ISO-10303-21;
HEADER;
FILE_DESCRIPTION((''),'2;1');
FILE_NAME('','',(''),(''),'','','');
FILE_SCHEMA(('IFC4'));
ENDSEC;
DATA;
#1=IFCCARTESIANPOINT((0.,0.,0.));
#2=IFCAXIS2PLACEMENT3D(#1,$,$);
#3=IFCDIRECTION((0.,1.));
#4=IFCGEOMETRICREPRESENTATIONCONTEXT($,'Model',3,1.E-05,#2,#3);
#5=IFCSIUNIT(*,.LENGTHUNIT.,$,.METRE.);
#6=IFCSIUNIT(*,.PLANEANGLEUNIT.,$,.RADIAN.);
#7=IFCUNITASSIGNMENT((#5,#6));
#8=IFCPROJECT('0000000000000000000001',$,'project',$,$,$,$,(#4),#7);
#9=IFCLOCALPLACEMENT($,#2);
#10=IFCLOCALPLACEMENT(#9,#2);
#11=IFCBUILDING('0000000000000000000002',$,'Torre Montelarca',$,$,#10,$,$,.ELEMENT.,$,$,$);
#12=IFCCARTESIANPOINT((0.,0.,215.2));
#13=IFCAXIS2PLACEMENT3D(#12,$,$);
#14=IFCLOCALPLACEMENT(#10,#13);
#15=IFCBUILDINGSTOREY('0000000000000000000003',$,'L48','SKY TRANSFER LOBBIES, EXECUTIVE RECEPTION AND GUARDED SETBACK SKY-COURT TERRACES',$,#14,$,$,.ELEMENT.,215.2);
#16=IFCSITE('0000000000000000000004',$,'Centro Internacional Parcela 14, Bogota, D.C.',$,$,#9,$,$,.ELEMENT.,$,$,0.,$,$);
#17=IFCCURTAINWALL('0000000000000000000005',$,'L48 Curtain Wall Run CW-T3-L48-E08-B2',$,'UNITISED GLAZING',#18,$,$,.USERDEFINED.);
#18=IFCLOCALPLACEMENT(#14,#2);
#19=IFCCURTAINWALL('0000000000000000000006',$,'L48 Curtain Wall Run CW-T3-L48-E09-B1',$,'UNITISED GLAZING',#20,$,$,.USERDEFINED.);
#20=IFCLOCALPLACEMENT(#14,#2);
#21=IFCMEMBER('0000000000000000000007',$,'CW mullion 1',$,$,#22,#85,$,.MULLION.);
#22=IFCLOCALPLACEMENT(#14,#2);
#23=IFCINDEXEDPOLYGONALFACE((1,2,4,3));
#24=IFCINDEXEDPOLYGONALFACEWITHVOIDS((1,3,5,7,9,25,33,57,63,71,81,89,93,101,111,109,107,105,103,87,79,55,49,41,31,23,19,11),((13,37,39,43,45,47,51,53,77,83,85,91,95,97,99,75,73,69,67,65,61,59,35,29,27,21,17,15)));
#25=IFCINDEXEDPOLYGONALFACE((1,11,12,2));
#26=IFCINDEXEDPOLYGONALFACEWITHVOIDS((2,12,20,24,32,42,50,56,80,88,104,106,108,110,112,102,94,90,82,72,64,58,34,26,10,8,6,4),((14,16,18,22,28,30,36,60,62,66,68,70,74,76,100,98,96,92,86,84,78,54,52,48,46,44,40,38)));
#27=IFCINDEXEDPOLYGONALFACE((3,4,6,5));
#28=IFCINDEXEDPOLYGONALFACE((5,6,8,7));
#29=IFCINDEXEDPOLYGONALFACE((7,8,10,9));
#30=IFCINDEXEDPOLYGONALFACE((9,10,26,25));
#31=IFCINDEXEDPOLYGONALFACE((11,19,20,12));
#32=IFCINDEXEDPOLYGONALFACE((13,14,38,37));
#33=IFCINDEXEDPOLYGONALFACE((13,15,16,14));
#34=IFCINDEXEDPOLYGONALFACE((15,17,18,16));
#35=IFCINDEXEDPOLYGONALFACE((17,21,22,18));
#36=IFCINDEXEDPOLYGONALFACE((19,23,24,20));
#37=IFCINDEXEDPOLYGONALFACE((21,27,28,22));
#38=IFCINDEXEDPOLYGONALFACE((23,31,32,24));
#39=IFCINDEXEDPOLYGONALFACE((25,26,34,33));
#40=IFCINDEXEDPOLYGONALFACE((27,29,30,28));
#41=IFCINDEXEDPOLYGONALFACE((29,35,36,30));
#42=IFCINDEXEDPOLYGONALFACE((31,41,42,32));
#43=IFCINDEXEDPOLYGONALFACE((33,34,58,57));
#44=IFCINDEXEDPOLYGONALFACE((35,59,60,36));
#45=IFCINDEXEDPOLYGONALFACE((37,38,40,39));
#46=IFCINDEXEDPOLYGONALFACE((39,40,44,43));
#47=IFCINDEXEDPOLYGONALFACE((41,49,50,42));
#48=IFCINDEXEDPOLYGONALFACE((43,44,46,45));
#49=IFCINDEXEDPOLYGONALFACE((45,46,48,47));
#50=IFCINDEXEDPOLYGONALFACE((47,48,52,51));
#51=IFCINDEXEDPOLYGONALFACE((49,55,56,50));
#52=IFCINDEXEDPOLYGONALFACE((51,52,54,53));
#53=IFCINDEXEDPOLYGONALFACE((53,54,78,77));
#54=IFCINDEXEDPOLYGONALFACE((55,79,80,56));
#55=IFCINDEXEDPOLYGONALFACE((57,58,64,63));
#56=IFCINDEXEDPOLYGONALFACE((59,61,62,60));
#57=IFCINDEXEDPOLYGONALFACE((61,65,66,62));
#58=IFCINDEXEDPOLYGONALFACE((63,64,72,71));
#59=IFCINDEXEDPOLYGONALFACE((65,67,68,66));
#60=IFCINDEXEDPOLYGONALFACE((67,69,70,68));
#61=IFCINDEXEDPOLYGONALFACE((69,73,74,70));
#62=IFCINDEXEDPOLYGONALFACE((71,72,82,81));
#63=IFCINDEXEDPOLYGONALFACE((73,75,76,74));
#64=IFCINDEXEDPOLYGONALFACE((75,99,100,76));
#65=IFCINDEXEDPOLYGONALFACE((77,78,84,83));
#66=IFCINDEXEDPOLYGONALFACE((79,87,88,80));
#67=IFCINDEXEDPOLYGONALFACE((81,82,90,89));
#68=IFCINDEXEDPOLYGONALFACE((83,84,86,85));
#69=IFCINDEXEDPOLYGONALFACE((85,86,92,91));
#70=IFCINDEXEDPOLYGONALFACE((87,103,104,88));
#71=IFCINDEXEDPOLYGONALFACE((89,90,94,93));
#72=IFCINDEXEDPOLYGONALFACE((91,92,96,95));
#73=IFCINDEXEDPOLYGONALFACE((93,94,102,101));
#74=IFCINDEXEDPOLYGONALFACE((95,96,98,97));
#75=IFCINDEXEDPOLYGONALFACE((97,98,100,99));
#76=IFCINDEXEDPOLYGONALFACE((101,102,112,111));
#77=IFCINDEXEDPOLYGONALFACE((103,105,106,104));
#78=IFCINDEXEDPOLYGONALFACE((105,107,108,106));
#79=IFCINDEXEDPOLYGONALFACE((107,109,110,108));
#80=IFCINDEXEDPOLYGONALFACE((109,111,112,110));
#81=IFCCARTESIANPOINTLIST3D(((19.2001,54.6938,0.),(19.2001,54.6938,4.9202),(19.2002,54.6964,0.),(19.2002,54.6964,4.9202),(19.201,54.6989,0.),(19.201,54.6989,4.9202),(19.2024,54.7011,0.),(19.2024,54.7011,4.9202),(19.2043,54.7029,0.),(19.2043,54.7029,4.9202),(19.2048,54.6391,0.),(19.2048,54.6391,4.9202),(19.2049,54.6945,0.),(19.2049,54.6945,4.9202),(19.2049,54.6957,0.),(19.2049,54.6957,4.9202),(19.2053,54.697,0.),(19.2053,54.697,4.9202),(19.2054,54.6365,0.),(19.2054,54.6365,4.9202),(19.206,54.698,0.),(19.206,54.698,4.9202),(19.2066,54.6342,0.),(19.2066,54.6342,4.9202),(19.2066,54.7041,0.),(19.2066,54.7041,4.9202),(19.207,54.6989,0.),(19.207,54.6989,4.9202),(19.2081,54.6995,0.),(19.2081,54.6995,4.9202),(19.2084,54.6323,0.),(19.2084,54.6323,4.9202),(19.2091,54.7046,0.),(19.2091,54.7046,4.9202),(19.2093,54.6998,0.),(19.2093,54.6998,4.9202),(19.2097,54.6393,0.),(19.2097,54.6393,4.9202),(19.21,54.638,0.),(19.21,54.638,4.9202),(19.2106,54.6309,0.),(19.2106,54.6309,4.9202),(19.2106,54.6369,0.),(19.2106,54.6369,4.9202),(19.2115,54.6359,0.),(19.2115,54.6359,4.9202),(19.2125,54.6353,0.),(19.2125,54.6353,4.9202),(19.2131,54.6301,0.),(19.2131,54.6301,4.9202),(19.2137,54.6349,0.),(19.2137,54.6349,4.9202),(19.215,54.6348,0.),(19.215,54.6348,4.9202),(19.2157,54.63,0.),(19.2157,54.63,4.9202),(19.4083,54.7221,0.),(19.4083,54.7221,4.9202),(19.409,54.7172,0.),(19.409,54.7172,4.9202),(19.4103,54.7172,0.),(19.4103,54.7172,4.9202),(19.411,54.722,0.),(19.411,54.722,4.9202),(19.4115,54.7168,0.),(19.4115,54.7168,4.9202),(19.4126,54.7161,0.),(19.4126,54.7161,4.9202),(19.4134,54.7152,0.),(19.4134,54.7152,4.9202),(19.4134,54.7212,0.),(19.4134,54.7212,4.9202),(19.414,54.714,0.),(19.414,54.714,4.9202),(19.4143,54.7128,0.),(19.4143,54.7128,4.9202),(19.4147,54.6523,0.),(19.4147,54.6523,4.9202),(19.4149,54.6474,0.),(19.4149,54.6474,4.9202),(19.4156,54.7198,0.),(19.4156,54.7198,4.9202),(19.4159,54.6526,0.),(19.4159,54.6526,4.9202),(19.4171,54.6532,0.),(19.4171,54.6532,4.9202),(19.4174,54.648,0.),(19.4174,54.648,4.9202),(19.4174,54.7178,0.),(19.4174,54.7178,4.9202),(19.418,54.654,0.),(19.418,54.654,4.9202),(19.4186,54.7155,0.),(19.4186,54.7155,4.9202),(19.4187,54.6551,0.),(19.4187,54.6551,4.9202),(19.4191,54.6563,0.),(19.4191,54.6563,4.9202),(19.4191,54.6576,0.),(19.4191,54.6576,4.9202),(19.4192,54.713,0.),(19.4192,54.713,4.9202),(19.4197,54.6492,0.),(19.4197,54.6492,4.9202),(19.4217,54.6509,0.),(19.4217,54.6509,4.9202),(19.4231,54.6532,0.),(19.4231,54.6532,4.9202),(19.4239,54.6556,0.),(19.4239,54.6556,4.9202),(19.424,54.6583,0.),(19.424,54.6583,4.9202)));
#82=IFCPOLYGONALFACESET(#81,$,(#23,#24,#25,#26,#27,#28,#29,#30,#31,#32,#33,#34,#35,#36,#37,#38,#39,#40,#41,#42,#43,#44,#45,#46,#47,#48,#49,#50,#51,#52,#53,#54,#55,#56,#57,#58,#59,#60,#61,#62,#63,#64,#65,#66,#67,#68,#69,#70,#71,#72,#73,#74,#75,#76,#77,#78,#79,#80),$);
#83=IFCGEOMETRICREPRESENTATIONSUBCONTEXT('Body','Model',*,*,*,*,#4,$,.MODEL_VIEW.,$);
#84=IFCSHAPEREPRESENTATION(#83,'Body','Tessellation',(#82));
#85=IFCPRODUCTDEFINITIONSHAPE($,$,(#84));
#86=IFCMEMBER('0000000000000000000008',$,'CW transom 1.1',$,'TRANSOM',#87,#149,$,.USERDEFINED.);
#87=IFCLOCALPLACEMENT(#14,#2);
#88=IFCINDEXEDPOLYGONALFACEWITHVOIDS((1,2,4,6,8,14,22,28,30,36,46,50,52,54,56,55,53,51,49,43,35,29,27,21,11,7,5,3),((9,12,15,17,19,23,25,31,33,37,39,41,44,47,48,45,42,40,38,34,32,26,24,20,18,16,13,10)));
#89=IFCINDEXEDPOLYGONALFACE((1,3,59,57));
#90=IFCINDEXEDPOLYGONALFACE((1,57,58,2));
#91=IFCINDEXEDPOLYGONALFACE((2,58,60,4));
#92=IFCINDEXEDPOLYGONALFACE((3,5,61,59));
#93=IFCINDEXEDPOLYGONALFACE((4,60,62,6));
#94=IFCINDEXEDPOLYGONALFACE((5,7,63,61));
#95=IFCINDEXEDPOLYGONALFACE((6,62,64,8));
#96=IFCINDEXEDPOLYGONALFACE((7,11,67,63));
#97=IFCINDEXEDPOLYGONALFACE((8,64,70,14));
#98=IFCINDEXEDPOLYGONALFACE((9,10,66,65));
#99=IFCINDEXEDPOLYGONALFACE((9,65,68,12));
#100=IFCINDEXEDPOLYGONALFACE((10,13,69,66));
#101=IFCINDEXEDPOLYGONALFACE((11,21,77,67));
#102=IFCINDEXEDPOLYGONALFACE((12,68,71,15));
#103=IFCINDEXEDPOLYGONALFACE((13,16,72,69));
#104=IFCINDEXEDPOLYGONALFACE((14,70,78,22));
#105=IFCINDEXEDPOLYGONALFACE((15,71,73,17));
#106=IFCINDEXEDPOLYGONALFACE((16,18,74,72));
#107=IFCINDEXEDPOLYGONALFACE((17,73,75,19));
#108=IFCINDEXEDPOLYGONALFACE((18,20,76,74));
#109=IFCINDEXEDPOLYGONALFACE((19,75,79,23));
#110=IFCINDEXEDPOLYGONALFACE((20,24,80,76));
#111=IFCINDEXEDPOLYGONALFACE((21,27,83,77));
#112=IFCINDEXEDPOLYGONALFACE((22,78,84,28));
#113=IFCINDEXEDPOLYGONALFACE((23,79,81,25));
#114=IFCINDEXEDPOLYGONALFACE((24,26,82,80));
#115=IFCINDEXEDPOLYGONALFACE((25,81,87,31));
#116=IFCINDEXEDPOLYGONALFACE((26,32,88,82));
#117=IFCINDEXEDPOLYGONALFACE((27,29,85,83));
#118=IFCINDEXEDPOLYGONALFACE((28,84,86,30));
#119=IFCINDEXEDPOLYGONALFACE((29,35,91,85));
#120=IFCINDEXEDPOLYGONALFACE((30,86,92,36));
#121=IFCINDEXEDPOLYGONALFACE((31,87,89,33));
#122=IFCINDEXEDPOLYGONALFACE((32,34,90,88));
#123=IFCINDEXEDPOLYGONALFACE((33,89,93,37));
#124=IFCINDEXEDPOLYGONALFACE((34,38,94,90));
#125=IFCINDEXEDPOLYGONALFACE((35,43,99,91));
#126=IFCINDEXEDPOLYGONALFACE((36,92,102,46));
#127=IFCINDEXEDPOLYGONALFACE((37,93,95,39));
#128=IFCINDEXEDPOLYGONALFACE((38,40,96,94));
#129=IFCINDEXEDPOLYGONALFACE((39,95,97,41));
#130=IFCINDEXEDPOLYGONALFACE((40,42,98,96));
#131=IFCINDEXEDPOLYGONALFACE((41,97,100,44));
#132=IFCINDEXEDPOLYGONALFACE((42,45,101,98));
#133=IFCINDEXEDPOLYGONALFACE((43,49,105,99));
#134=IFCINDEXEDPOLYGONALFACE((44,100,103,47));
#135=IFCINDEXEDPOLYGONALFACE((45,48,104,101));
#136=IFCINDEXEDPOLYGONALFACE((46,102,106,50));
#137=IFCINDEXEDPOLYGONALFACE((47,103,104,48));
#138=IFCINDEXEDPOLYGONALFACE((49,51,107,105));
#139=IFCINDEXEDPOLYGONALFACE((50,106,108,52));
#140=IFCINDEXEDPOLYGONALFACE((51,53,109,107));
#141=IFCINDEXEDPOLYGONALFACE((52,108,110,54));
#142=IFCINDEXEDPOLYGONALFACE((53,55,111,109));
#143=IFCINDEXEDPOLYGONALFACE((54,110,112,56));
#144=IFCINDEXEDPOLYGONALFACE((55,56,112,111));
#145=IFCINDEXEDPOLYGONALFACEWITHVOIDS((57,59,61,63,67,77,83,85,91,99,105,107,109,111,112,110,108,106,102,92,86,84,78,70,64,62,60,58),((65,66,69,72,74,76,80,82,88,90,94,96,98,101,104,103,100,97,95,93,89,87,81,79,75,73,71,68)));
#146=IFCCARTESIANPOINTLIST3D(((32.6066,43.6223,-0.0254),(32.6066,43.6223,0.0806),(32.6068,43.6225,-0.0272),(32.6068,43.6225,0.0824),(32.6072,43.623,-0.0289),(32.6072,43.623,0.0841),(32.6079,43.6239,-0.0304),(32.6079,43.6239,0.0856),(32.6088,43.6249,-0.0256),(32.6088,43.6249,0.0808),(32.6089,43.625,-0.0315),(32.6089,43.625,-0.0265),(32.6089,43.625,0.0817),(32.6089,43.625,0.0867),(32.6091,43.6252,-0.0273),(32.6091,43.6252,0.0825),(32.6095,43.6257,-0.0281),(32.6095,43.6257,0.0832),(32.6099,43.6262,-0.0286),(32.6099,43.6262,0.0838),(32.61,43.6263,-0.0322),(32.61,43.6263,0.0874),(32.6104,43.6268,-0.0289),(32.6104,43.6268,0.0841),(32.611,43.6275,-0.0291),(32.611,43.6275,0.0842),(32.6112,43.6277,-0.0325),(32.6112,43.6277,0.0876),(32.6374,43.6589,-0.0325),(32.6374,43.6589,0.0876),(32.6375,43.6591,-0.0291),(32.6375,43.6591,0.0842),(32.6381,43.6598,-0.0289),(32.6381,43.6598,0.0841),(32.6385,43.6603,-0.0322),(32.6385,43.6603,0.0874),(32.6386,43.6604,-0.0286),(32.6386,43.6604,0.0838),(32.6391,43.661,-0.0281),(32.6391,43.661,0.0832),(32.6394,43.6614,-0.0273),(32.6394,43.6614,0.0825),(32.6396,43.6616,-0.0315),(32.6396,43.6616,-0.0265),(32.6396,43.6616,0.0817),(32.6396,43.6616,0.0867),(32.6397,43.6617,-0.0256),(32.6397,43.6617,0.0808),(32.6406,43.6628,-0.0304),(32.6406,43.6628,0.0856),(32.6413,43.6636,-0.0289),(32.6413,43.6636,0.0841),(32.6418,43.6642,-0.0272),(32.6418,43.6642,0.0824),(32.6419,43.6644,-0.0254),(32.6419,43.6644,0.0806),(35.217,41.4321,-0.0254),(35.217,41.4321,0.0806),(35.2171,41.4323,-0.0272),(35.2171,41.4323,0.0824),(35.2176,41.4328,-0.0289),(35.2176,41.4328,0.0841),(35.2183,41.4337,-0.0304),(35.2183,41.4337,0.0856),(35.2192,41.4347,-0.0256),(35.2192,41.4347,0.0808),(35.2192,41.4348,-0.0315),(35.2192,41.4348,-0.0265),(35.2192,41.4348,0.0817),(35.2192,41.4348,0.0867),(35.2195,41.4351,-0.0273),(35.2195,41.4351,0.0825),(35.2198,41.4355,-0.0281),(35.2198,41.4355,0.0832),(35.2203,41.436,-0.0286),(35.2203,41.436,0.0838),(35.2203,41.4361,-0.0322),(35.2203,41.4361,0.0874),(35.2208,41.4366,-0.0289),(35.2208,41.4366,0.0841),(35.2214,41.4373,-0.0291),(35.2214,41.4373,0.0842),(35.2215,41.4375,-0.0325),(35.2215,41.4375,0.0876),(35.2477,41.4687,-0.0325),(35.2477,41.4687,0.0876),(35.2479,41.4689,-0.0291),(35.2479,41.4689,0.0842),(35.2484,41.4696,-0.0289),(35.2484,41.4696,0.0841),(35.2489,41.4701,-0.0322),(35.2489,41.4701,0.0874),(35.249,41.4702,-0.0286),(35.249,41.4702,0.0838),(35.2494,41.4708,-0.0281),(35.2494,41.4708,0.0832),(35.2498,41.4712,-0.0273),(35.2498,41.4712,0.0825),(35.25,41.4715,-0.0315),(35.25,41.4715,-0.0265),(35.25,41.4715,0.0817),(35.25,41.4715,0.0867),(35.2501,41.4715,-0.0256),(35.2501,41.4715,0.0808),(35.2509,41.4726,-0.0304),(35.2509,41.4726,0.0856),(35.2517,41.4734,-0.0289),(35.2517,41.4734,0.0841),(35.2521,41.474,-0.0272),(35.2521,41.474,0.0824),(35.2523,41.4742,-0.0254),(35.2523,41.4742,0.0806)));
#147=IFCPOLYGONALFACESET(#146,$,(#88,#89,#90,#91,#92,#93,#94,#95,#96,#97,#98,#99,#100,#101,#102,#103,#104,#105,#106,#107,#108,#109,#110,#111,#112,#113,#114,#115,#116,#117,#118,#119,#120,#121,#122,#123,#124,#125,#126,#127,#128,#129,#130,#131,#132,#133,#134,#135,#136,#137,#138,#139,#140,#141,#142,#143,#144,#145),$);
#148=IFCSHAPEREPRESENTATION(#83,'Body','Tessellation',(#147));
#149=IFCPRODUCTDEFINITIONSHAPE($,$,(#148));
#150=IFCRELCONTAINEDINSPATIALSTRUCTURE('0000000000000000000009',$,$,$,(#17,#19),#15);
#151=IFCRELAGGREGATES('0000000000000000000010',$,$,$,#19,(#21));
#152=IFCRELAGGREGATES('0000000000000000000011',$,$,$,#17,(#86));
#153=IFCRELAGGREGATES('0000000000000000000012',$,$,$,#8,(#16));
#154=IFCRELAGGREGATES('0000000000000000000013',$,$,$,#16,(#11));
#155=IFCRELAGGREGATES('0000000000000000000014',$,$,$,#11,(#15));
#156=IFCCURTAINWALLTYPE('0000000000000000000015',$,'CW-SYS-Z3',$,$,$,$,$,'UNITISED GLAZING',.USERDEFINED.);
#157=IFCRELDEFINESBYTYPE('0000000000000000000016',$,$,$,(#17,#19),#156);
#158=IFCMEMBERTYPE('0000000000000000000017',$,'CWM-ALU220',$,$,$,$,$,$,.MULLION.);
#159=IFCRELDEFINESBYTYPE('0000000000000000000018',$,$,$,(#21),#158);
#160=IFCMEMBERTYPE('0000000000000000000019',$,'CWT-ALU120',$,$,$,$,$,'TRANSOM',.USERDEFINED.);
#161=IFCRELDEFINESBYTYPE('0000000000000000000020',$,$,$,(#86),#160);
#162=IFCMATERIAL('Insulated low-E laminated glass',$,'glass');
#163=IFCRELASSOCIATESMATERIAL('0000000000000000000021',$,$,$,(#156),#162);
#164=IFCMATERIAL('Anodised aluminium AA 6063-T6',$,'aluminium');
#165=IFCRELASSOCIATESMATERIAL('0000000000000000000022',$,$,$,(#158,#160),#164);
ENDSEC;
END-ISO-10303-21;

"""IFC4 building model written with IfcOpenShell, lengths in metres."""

from ifc_helpers import new_model, si_unit, direction, frame, origin, origin_2d, place, context, subcontext, project, spatial, hollow_rectangle, extrude, source, transform, mapped, material, material_profile, profile_set, type_object, element, aggregate, save


model = new_model("IFC4")

# Units and contexts
model_context = context("Model", 3, precision=1e-05, world=origin(), true_north=direction((0.0, 1.0)))
body_context = subcontext(model_context, "Body", "Model", "MODEL_VIEW")
ifc_project = project(units=[si_unit("LENGTHUNIT", "METRE"), si_unit("PLANEANGLEUNIT", "RADIAN")], contexts=[model_context])

# Site, building, storey
site_placement = place(None, origin())
site = spatial("IfcSite", under=ifc_project, at=site_placement, Name="Centro Internacional Parcela 14, Bogota, D.C.", CompositionType="ELEMENT", RefElevation=0.0)
building_placement = place(site_placement, origin())
building = spatial("IfcBuilding", under=site, at=building_placement, Name="Torre Montelarca", CompositionType="ELEMENT")
storey_placement = place(building_placement, frame((0.0, 0.0, 215.2)))
storey = spatial("IfcBuildingStorey", under=building, at=storey_placement, Name="L48", Description="SKY TRANSFER LOBBIES, EXECUTIVE RECEPTION AND GUARDED SETBACK SKY-COURT TERRACES", CompositionType="ELEMENT", Elevation=215.2)

# Shared definitions
ifc_material_1 = material(Name="Insulated low-E laminated glass", Category="glass")
curtain_wall_type = type_object("IfcCurtainWallType", Name="CW-SYS-Z3", ElementType="UNITISED GLAZING", PredefinedType="USERDEFINED", material=ifc_material_1)
ifc_material_2 = material(Name="Anodised aluminium AA 6063-T6", Category="aluminium")
ifc_material_profile_1 = material_profile(ifc_material_2, hollow_rectangle(XDim=0.075, YDim=0.22, WallThickness=0.0049, InnerFilletRadius=0.0049, OuterFilletRadius=0.01, at=origin_2d()), Name="ALU75X220X5", Category="aluminium")
ifc_profile_set_1 = profile_set([ifc_material_profile_1], Name="Anodised aluminium AA 6063-T6")
member_type_1 = type_object("IfcMemberType", Name="CWM-ALU220", PredefinedType="MULLION", material=ifc_profile_set_1)
shared_shape_1 = source(origin(), body_context, "Body", "SweptSolid", [
    extrude(hollow_rectangle(XDim=0.075, YDim=0.22, WallThickness=0.0049, InnerFilletRadius=0.0049, OuterFilletRadius=0.01, at=origin_2d()), origin(), (0.0, 0.0, 1.0), 4.9202),
])

# Curtain wall
curtain_wall_1_placement = place(storey_placement, origin())
curtain_wall_1 = element("IfcCurtainWall", 1, at=curtain_wall_1_placement, inside=storey, type_object=curtain_wall_type, Name="L48 Curtain Wall Run CW-T3-L48-E08-B2", ObjectType="UNITISED GLAZING", PredefinedType="USERDEFINED")

# Curtain wall, member
curtain_wall_2_placement = place(storey_placement, origin())
curtain_wall_2 = element("IfcCurtainWall", 2, at=curtain_wall_2_placement, inside=storey, type_object=curtain_wall_type, Name="L48 Curtain Wall Run CW-T3-L48-E09-B1", ObjectType="UNITISED GLAZING", PredefinedType="USERDEFINED")
member_1_placement = place(storey_placement, frame((19.312, 54.676, 0.0), z_axis=(0.0, 0.0, 1.0), x_axis=(0.087183, -0.996192, 0.0)))
member_1 = element("IfcMember", 3, at=member_1_placement, type_object=member_type_1, Name="CW mullion 1", PredefinedType="MULLION", context=body_context, shape_type="MappedRepresentation", body=[
    mapped(shared_shape_1, transform((0.0, 0.0, 0.0), scale=1.0)),
])
aggregate(curtain_wall_2, [member_1])

# Member
ifc_material_profile_2 = material_profile(ifc_material_2, hollow_rectangle(XDim=0.0549, YDim=0.1201, WallThickness=0.0034, InnerFilletRadius=0.0034, OuterFilletRadius=0.0071, at=origin_2d()), Name="ALU55X120X3.5", Category="aluminium")
ifc_profile_set_2 = profile_set([ifc_material_profile_2], Name="Anodised aluminium AA 6063-T6")
member_type_2 = type_object("IfcMemberType", Name="CWT-ALU120", ElementType="TRANSOM", PredefinedType="USERDEFINED", material=ifc_profile_set_2)
shared_shape_2 = source(origin(), body_context, "Body", "SweptSolid", [
    extrude(hollow_rectangle(XDim=0.0549, YDim=0.1201, WallThickness=0.0034, InnerFilletRadius=0.0034, OuterFilletRadius=0.0071, at=origin_2d()), origin(), (0.0, 0.0, 1.0), 3.4075),
])
member_2_placement = place(storey_placement, frame((35.2346, 41.4531, 0.0276), z_axis=(-0.766067, 0.64276, 0.0), x_axis=(-0.64276, -0.766067, 0.0)))
member_2 = element("IfcMember", 4, at=member_2_placement, type_object=member_type_2, Name="CW transom 1.1", ObjectType="TRANSOM", PredefinedType="USERDEFINED", context=body_context, shape_type="MappedRepresentation", body=[
    mapped(shared_shape_2, transform((0.0, 0.0, 0.0), scale=1.0)),
])

aggregate(curtain_wall_1, [member_2])

save(model, "model.ifc")
